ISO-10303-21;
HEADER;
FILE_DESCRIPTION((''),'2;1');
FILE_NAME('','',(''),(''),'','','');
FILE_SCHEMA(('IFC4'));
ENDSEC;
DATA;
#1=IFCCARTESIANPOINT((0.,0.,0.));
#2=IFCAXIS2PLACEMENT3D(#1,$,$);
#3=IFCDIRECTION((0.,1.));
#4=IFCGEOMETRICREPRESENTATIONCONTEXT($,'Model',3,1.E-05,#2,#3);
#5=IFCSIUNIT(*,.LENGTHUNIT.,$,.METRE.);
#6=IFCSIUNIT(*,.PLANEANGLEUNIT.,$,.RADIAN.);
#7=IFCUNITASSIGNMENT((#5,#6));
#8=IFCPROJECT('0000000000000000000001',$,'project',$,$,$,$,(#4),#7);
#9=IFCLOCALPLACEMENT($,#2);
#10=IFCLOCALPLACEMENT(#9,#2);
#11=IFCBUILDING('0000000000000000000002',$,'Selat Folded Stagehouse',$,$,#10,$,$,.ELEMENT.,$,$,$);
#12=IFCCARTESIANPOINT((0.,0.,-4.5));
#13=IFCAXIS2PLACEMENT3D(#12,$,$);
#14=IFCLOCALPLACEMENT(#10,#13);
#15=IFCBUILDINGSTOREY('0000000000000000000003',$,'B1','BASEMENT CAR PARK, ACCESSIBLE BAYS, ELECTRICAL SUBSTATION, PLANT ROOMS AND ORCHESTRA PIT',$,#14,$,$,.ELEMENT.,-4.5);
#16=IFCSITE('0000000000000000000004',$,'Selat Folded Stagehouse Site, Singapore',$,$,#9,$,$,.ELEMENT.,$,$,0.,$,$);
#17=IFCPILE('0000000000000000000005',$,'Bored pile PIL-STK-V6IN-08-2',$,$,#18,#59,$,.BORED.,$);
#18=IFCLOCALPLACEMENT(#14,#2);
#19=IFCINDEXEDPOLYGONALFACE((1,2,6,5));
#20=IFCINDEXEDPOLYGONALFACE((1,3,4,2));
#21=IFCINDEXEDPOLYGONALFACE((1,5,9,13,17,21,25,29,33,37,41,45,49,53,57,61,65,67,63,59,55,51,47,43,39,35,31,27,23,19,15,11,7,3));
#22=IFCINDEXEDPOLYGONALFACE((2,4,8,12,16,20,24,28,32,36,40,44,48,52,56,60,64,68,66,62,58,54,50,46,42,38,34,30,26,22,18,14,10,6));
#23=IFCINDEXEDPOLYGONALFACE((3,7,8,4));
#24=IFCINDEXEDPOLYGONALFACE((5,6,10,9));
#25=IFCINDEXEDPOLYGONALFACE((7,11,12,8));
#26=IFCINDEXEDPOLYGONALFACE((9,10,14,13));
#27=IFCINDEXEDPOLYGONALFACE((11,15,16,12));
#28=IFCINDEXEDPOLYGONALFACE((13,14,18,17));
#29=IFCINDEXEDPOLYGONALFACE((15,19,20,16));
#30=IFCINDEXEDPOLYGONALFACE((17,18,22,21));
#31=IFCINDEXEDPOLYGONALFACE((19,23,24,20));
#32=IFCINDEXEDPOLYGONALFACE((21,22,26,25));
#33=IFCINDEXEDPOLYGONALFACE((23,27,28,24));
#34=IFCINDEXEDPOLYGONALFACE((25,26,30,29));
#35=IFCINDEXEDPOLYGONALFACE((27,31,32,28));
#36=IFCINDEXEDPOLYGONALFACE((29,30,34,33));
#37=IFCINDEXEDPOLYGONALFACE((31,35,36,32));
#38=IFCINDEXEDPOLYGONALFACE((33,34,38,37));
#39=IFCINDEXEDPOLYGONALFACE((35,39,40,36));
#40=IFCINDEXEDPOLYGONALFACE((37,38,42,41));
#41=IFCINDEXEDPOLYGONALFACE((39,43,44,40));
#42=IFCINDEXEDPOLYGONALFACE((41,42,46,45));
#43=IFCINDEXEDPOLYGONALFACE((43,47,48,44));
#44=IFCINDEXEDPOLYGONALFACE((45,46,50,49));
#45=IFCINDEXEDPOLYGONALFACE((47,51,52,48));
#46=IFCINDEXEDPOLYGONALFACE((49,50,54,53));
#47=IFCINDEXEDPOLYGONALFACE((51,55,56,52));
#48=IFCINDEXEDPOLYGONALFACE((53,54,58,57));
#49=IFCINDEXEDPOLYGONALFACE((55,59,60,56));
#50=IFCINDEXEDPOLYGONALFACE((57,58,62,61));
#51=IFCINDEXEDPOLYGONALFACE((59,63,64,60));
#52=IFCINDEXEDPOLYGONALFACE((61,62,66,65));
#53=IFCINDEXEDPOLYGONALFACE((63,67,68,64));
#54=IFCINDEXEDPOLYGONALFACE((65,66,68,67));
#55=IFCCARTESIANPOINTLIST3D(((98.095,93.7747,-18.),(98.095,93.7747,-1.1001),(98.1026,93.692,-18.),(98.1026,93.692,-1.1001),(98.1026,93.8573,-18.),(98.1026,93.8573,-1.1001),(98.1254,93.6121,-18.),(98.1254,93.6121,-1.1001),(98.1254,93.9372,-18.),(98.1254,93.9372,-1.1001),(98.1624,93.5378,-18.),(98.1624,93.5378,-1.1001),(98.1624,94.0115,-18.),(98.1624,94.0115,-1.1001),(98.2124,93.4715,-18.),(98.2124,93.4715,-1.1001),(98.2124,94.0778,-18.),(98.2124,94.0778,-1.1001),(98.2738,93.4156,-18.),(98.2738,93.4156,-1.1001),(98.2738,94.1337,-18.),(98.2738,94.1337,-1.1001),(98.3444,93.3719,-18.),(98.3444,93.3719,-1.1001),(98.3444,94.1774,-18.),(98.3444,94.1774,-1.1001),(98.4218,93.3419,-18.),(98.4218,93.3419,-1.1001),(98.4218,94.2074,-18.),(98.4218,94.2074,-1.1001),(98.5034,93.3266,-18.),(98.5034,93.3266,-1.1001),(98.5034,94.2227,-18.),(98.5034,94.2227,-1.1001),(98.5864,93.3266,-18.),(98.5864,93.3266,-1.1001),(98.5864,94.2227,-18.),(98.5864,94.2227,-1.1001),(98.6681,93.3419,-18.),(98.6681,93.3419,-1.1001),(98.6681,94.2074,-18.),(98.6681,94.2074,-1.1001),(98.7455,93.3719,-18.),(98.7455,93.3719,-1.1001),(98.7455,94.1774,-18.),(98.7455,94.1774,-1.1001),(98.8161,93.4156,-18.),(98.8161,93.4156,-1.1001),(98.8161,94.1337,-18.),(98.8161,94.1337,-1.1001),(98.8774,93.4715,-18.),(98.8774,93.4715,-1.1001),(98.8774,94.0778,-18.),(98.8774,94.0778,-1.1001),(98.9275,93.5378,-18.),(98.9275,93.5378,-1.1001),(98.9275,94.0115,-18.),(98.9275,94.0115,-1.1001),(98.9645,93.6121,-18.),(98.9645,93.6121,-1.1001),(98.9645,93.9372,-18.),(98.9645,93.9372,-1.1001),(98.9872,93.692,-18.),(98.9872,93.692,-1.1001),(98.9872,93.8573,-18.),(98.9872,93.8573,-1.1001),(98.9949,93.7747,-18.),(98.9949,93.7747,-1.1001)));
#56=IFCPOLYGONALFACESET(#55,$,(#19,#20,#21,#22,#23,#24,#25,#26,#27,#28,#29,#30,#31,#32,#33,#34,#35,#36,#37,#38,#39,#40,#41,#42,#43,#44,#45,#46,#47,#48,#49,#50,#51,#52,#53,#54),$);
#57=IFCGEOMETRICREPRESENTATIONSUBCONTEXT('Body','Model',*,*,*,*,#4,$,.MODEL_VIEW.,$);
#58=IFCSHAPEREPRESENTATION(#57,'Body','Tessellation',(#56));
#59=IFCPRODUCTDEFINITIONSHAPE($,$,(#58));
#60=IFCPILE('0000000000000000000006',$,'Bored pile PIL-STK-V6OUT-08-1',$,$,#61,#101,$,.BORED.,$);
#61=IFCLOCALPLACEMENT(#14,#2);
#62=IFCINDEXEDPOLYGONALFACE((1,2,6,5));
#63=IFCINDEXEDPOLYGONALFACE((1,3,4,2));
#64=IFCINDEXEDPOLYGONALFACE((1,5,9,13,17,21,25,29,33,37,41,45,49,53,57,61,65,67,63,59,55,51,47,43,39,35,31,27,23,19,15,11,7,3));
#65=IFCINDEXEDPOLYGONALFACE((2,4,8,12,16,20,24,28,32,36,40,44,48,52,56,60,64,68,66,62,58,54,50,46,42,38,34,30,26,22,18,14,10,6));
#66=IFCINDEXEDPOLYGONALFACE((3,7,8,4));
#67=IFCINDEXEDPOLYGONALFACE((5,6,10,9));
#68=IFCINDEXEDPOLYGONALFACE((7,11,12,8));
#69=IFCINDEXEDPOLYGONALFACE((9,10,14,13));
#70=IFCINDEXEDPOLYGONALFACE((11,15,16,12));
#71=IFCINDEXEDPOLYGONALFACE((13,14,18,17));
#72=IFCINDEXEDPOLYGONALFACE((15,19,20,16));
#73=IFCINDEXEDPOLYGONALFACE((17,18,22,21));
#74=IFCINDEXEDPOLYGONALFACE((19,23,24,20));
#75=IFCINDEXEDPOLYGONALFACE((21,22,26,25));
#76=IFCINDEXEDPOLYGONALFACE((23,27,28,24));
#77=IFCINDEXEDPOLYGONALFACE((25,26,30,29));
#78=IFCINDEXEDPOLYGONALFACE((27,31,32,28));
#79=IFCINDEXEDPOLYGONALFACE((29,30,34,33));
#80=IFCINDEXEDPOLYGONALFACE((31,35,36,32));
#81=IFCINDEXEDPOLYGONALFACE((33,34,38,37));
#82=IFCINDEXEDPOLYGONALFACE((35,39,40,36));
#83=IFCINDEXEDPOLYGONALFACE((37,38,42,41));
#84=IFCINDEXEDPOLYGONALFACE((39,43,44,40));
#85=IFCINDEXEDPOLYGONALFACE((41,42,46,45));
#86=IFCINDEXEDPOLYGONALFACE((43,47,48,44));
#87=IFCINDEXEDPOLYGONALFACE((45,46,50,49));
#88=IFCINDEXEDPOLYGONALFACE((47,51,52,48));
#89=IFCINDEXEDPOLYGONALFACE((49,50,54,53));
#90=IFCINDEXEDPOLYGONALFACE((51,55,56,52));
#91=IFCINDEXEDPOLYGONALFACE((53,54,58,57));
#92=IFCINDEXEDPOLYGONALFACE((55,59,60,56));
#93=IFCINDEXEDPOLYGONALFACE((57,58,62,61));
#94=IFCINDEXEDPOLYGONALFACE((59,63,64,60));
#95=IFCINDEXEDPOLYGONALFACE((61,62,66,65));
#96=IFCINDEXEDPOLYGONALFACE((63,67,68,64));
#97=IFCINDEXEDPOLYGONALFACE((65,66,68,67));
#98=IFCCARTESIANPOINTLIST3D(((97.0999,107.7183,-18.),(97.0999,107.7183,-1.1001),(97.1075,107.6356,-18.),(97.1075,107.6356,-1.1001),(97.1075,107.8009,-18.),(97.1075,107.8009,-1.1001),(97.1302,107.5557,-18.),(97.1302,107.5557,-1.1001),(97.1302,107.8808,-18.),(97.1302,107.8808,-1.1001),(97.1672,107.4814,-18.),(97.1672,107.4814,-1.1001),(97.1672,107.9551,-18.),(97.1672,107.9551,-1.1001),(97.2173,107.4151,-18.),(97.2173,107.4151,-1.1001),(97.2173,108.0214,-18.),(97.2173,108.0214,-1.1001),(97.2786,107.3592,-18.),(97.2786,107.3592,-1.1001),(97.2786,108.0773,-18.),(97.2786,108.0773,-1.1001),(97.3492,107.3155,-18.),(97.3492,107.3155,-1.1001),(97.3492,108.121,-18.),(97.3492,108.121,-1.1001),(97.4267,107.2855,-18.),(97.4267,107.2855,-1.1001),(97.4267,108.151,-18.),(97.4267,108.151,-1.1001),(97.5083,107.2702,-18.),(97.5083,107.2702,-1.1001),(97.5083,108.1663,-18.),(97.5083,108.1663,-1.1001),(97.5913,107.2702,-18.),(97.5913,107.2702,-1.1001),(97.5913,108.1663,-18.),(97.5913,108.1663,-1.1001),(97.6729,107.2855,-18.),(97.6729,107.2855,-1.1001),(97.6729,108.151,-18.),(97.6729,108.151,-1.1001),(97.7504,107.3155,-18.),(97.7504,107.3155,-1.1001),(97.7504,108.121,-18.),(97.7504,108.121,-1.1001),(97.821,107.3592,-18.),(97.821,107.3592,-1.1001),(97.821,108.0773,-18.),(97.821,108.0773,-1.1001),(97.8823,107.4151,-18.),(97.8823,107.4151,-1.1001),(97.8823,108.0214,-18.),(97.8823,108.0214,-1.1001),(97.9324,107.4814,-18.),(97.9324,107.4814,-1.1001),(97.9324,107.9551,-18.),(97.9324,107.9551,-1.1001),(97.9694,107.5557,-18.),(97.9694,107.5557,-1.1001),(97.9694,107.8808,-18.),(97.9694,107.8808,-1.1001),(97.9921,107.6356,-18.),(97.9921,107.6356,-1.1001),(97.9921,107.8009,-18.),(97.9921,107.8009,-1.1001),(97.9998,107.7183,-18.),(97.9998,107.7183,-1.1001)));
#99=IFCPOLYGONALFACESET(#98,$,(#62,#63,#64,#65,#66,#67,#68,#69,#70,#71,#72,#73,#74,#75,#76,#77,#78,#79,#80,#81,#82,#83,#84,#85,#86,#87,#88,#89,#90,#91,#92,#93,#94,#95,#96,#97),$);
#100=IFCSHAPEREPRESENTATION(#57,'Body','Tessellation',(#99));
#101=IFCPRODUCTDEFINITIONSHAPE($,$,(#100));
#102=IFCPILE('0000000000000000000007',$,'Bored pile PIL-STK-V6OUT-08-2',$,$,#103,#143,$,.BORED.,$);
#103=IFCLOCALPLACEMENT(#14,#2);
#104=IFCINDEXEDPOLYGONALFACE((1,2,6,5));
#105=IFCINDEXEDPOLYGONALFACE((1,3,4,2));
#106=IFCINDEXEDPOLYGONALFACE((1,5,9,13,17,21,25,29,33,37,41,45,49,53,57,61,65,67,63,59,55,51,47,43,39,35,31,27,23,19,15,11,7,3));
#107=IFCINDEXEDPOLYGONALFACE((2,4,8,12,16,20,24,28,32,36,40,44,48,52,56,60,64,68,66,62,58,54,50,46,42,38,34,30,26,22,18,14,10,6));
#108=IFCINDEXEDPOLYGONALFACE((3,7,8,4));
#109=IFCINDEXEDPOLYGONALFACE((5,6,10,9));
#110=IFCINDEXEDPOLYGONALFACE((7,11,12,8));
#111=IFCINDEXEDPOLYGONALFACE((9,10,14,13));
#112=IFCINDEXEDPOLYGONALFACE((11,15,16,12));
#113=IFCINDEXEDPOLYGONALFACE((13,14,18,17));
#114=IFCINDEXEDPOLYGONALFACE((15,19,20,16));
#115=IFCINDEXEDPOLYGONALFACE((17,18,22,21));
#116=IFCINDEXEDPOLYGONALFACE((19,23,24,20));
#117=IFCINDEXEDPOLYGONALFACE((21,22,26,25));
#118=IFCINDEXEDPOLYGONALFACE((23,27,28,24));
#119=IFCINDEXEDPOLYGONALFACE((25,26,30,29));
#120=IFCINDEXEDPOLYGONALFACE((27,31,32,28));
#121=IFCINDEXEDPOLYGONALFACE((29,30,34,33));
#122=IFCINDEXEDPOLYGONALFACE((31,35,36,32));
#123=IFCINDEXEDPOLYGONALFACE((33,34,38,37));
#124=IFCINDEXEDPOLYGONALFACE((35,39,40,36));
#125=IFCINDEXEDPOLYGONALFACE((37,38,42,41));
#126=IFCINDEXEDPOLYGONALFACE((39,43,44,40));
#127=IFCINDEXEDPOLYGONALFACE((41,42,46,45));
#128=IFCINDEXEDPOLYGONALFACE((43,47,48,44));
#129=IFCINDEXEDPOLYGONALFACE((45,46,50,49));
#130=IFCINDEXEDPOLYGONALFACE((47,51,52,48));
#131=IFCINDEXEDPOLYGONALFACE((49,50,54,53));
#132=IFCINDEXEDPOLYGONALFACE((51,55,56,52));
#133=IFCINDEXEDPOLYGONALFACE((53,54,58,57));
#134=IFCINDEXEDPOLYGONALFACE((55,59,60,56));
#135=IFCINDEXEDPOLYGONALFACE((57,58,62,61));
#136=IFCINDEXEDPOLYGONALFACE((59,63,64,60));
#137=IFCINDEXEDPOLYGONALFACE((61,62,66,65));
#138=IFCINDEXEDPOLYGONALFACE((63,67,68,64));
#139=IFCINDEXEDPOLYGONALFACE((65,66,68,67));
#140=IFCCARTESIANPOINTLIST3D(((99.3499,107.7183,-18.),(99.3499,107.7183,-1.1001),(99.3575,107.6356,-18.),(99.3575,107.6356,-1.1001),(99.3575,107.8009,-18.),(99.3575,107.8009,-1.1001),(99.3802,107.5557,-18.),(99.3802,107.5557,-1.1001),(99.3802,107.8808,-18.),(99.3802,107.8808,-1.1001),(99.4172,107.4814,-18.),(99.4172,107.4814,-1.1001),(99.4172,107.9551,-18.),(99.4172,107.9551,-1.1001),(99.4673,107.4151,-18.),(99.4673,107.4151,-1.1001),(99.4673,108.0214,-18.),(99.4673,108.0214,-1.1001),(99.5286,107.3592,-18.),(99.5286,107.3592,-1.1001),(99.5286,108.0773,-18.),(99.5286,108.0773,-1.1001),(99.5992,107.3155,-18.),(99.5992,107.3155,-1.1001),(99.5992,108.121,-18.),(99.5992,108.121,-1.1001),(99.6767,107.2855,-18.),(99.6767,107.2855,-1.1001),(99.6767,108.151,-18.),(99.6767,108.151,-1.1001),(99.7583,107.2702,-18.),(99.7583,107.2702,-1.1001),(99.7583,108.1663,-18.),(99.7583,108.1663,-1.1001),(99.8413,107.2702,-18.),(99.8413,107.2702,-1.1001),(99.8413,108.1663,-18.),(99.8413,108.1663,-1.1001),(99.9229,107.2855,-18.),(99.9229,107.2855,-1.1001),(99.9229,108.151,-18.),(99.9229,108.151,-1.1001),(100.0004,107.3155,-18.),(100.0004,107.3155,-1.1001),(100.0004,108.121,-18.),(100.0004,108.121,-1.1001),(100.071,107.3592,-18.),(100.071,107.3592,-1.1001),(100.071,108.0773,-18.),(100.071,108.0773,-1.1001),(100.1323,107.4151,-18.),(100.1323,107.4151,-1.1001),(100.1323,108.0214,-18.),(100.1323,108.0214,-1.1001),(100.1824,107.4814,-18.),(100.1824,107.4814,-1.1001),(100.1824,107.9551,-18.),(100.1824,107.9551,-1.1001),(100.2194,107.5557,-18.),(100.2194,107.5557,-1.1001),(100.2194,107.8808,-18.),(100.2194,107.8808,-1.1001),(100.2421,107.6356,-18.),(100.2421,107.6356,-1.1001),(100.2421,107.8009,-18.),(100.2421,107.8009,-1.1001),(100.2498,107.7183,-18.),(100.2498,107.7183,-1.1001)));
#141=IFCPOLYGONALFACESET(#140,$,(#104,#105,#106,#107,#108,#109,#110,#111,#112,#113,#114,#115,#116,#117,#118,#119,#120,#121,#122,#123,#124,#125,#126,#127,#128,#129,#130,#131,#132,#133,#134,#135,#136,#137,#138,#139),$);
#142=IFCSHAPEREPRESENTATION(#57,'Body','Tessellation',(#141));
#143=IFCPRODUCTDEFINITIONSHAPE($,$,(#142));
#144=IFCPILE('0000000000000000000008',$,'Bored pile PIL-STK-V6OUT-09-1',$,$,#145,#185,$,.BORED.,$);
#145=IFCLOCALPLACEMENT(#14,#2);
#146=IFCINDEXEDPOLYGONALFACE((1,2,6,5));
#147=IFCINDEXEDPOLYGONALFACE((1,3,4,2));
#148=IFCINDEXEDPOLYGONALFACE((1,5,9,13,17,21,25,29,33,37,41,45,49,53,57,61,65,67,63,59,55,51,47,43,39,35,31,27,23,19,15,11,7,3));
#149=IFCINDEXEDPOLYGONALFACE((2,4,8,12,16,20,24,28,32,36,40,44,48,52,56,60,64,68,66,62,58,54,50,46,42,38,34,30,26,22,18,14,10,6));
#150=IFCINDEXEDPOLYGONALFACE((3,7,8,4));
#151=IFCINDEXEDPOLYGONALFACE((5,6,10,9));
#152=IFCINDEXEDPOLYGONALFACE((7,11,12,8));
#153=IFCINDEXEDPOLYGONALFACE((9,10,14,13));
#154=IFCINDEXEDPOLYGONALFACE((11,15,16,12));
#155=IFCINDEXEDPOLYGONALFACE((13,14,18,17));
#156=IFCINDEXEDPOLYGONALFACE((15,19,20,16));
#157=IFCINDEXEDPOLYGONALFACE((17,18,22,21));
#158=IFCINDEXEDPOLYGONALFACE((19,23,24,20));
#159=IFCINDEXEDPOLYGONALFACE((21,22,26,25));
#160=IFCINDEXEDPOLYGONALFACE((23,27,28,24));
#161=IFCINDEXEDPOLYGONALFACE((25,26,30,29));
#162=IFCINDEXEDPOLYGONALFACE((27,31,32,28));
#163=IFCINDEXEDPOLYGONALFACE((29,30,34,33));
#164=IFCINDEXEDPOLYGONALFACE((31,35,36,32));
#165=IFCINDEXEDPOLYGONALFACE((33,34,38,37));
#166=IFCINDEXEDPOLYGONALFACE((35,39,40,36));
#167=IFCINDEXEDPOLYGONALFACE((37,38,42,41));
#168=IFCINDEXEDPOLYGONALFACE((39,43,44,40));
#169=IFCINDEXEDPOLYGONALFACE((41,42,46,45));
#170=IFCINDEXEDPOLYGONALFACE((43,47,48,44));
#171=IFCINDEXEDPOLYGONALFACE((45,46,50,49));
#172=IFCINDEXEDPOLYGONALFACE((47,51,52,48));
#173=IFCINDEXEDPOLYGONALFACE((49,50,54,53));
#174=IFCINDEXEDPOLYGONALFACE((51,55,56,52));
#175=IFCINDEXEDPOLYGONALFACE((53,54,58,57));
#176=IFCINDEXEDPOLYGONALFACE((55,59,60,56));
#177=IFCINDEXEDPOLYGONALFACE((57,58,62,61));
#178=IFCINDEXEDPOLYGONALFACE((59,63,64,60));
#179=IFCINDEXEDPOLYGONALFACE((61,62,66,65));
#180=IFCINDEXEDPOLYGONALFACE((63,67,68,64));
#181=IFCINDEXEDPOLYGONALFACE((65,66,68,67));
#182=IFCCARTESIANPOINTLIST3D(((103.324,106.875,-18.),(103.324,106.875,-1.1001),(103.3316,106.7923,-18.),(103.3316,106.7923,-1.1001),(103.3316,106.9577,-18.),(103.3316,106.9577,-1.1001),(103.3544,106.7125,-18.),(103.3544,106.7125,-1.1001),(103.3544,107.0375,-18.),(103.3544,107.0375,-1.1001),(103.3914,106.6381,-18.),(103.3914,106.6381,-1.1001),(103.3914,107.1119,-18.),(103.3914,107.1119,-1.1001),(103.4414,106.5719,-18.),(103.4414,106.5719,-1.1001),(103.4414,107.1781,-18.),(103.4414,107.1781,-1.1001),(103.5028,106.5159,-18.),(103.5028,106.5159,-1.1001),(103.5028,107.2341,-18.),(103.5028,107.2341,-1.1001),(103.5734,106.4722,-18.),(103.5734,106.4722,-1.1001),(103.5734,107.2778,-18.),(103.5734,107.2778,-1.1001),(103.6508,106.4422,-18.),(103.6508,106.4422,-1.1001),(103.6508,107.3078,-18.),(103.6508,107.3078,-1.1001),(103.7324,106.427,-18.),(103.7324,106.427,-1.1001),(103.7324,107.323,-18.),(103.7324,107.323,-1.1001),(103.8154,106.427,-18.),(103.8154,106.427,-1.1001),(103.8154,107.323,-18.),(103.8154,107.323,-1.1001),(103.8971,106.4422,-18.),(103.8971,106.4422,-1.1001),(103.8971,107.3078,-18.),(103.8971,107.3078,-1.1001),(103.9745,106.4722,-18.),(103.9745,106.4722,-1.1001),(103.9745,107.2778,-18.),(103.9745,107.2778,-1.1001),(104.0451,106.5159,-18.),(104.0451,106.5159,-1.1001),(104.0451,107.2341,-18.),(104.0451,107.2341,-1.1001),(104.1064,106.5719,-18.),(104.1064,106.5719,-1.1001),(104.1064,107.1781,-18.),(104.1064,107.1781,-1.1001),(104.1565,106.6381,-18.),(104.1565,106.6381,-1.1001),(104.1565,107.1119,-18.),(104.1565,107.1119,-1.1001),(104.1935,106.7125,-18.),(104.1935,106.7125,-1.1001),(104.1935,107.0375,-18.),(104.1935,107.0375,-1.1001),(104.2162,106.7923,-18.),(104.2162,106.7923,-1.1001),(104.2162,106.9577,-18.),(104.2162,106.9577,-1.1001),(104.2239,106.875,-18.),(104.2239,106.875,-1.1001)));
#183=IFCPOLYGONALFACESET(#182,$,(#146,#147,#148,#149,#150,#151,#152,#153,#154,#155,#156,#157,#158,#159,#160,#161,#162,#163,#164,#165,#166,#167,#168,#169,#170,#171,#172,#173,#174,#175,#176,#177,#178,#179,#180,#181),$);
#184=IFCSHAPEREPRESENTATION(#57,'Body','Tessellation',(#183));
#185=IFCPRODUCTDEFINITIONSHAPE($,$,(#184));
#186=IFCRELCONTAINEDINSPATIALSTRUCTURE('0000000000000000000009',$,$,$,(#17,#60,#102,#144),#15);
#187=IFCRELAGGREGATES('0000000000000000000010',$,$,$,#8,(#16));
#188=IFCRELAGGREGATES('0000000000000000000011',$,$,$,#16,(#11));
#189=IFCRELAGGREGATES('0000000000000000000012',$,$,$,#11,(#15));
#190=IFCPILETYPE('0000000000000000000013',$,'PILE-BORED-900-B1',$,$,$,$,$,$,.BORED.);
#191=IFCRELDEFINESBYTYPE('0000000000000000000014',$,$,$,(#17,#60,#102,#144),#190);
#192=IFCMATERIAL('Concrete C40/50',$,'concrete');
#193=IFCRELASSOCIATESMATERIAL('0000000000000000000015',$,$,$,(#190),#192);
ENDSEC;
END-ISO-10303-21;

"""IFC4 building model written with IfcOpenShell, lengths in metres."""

from ifc_helpers import new_model, si_unit, direction, frame, origin, origin_2d, place, context, subcontext, project, spatial, circle, extrude, material, material_profile, profile_set, type_object, element, save


model = new_model("IFC4")

# Units and contexts
model_context = context("Model", 3, precision=1e-05, world=origin(), true_north=direction((0.0, 1.0)))
body_context = subcontext(model_context, "Body", "Model", "MODEL_VIEW")
ifc_project = project(units=[si_unit("LENGTHUNIT", "METRE"), si_unit("PLANEANGLEUNIT", "RADIAN")], contexts=[model_context])

# Site, building, storey
site_placement = place(None, origin())
site = spatial("IfcSite", under=ifc_project, at=site_placement, Name="Selat Folded Stagehouse Site, Singapore", CompositionType="ELEMENT", RefElevation=0.0)
building_placement = place(site_placement, origin())
building = spatial("IfcBuilding", under=site, at=building_placement, Name="Selat Folded Stagehouse", CompositionType="ELEMENT")
storey_placement = place(building_placement, frame((0.0, 0.0, -4.5)))
storey = spatial("IfcBuildingStorey", under=building, at=storey_placement, Name="B1", Description="BASEMENT CAR PARK, ACCESSIBLE BAYS, ELECTRICAL SUBSTATION, PLANT ROOMS AND ORCHESTRA PIT", CompositionType="ELEMENT", Elevation=-4.5)

# Shared definitions
ifc_material_1 = material(Name="Concrete C40/50", Category="concrete")

# Piles
ifc_material_profile_1 = material_profile(ifc_material_1, circle(Radius=0.45, at=origin_2d()), Name="PILE D900")
ifc_profile_set_1 = profile_set([ifc_material_profile_1], Name="Concrete C40/50")
pile_type = type_object("IfcPileType", Name="PILE-BORED-900-B1", PredefinedType="BORED", material=ifc_profile_set_1)
for number, where, z_axis, x_axis, name in (
    (1, (98.5449, 93.7747, -1.1001), (0.0, 0.0, -1.0), (1.0, 0.0, 0.0), "Bored pile PIL-STK-V6IN-08-2"),
    (2, (97.5498, 107.7183, -1.1001), (0.0, 0.0, -1.0), (1.0, 0.0, 0.0), "Bored pile PIL-STK-V6OUT-08-1"),
    (3, (99.7998, 107.7183, -1.1001), (0.0, 0.0, -1.0), (1.0, 0.0, 0.0), "Bored pile PIL-STK-V6OUT-08-2"),
    (4, (103.7739, 106.875, -1.1001), (0.0, 0.0, -1.0), (1.0, 0.0, 0.0), "Bored pile PIL-STK-V6OUT-09-1"),
):
    element("IfcPile", number, at=place(storey_placement, frame(where, z_axis=z_axis, x_axis=x_axis)), inside=storey, type_object=pile_type, Name=name, PredefinedType="BORED", context=body_context, shape_type="SweptSolid", body=[
        extrude(circle(Radius=0.45, at=origin_2d()), origin(), (0.0, 0.0, 1.0), 16.8999),
    ])

save(model, "model.ifc")
